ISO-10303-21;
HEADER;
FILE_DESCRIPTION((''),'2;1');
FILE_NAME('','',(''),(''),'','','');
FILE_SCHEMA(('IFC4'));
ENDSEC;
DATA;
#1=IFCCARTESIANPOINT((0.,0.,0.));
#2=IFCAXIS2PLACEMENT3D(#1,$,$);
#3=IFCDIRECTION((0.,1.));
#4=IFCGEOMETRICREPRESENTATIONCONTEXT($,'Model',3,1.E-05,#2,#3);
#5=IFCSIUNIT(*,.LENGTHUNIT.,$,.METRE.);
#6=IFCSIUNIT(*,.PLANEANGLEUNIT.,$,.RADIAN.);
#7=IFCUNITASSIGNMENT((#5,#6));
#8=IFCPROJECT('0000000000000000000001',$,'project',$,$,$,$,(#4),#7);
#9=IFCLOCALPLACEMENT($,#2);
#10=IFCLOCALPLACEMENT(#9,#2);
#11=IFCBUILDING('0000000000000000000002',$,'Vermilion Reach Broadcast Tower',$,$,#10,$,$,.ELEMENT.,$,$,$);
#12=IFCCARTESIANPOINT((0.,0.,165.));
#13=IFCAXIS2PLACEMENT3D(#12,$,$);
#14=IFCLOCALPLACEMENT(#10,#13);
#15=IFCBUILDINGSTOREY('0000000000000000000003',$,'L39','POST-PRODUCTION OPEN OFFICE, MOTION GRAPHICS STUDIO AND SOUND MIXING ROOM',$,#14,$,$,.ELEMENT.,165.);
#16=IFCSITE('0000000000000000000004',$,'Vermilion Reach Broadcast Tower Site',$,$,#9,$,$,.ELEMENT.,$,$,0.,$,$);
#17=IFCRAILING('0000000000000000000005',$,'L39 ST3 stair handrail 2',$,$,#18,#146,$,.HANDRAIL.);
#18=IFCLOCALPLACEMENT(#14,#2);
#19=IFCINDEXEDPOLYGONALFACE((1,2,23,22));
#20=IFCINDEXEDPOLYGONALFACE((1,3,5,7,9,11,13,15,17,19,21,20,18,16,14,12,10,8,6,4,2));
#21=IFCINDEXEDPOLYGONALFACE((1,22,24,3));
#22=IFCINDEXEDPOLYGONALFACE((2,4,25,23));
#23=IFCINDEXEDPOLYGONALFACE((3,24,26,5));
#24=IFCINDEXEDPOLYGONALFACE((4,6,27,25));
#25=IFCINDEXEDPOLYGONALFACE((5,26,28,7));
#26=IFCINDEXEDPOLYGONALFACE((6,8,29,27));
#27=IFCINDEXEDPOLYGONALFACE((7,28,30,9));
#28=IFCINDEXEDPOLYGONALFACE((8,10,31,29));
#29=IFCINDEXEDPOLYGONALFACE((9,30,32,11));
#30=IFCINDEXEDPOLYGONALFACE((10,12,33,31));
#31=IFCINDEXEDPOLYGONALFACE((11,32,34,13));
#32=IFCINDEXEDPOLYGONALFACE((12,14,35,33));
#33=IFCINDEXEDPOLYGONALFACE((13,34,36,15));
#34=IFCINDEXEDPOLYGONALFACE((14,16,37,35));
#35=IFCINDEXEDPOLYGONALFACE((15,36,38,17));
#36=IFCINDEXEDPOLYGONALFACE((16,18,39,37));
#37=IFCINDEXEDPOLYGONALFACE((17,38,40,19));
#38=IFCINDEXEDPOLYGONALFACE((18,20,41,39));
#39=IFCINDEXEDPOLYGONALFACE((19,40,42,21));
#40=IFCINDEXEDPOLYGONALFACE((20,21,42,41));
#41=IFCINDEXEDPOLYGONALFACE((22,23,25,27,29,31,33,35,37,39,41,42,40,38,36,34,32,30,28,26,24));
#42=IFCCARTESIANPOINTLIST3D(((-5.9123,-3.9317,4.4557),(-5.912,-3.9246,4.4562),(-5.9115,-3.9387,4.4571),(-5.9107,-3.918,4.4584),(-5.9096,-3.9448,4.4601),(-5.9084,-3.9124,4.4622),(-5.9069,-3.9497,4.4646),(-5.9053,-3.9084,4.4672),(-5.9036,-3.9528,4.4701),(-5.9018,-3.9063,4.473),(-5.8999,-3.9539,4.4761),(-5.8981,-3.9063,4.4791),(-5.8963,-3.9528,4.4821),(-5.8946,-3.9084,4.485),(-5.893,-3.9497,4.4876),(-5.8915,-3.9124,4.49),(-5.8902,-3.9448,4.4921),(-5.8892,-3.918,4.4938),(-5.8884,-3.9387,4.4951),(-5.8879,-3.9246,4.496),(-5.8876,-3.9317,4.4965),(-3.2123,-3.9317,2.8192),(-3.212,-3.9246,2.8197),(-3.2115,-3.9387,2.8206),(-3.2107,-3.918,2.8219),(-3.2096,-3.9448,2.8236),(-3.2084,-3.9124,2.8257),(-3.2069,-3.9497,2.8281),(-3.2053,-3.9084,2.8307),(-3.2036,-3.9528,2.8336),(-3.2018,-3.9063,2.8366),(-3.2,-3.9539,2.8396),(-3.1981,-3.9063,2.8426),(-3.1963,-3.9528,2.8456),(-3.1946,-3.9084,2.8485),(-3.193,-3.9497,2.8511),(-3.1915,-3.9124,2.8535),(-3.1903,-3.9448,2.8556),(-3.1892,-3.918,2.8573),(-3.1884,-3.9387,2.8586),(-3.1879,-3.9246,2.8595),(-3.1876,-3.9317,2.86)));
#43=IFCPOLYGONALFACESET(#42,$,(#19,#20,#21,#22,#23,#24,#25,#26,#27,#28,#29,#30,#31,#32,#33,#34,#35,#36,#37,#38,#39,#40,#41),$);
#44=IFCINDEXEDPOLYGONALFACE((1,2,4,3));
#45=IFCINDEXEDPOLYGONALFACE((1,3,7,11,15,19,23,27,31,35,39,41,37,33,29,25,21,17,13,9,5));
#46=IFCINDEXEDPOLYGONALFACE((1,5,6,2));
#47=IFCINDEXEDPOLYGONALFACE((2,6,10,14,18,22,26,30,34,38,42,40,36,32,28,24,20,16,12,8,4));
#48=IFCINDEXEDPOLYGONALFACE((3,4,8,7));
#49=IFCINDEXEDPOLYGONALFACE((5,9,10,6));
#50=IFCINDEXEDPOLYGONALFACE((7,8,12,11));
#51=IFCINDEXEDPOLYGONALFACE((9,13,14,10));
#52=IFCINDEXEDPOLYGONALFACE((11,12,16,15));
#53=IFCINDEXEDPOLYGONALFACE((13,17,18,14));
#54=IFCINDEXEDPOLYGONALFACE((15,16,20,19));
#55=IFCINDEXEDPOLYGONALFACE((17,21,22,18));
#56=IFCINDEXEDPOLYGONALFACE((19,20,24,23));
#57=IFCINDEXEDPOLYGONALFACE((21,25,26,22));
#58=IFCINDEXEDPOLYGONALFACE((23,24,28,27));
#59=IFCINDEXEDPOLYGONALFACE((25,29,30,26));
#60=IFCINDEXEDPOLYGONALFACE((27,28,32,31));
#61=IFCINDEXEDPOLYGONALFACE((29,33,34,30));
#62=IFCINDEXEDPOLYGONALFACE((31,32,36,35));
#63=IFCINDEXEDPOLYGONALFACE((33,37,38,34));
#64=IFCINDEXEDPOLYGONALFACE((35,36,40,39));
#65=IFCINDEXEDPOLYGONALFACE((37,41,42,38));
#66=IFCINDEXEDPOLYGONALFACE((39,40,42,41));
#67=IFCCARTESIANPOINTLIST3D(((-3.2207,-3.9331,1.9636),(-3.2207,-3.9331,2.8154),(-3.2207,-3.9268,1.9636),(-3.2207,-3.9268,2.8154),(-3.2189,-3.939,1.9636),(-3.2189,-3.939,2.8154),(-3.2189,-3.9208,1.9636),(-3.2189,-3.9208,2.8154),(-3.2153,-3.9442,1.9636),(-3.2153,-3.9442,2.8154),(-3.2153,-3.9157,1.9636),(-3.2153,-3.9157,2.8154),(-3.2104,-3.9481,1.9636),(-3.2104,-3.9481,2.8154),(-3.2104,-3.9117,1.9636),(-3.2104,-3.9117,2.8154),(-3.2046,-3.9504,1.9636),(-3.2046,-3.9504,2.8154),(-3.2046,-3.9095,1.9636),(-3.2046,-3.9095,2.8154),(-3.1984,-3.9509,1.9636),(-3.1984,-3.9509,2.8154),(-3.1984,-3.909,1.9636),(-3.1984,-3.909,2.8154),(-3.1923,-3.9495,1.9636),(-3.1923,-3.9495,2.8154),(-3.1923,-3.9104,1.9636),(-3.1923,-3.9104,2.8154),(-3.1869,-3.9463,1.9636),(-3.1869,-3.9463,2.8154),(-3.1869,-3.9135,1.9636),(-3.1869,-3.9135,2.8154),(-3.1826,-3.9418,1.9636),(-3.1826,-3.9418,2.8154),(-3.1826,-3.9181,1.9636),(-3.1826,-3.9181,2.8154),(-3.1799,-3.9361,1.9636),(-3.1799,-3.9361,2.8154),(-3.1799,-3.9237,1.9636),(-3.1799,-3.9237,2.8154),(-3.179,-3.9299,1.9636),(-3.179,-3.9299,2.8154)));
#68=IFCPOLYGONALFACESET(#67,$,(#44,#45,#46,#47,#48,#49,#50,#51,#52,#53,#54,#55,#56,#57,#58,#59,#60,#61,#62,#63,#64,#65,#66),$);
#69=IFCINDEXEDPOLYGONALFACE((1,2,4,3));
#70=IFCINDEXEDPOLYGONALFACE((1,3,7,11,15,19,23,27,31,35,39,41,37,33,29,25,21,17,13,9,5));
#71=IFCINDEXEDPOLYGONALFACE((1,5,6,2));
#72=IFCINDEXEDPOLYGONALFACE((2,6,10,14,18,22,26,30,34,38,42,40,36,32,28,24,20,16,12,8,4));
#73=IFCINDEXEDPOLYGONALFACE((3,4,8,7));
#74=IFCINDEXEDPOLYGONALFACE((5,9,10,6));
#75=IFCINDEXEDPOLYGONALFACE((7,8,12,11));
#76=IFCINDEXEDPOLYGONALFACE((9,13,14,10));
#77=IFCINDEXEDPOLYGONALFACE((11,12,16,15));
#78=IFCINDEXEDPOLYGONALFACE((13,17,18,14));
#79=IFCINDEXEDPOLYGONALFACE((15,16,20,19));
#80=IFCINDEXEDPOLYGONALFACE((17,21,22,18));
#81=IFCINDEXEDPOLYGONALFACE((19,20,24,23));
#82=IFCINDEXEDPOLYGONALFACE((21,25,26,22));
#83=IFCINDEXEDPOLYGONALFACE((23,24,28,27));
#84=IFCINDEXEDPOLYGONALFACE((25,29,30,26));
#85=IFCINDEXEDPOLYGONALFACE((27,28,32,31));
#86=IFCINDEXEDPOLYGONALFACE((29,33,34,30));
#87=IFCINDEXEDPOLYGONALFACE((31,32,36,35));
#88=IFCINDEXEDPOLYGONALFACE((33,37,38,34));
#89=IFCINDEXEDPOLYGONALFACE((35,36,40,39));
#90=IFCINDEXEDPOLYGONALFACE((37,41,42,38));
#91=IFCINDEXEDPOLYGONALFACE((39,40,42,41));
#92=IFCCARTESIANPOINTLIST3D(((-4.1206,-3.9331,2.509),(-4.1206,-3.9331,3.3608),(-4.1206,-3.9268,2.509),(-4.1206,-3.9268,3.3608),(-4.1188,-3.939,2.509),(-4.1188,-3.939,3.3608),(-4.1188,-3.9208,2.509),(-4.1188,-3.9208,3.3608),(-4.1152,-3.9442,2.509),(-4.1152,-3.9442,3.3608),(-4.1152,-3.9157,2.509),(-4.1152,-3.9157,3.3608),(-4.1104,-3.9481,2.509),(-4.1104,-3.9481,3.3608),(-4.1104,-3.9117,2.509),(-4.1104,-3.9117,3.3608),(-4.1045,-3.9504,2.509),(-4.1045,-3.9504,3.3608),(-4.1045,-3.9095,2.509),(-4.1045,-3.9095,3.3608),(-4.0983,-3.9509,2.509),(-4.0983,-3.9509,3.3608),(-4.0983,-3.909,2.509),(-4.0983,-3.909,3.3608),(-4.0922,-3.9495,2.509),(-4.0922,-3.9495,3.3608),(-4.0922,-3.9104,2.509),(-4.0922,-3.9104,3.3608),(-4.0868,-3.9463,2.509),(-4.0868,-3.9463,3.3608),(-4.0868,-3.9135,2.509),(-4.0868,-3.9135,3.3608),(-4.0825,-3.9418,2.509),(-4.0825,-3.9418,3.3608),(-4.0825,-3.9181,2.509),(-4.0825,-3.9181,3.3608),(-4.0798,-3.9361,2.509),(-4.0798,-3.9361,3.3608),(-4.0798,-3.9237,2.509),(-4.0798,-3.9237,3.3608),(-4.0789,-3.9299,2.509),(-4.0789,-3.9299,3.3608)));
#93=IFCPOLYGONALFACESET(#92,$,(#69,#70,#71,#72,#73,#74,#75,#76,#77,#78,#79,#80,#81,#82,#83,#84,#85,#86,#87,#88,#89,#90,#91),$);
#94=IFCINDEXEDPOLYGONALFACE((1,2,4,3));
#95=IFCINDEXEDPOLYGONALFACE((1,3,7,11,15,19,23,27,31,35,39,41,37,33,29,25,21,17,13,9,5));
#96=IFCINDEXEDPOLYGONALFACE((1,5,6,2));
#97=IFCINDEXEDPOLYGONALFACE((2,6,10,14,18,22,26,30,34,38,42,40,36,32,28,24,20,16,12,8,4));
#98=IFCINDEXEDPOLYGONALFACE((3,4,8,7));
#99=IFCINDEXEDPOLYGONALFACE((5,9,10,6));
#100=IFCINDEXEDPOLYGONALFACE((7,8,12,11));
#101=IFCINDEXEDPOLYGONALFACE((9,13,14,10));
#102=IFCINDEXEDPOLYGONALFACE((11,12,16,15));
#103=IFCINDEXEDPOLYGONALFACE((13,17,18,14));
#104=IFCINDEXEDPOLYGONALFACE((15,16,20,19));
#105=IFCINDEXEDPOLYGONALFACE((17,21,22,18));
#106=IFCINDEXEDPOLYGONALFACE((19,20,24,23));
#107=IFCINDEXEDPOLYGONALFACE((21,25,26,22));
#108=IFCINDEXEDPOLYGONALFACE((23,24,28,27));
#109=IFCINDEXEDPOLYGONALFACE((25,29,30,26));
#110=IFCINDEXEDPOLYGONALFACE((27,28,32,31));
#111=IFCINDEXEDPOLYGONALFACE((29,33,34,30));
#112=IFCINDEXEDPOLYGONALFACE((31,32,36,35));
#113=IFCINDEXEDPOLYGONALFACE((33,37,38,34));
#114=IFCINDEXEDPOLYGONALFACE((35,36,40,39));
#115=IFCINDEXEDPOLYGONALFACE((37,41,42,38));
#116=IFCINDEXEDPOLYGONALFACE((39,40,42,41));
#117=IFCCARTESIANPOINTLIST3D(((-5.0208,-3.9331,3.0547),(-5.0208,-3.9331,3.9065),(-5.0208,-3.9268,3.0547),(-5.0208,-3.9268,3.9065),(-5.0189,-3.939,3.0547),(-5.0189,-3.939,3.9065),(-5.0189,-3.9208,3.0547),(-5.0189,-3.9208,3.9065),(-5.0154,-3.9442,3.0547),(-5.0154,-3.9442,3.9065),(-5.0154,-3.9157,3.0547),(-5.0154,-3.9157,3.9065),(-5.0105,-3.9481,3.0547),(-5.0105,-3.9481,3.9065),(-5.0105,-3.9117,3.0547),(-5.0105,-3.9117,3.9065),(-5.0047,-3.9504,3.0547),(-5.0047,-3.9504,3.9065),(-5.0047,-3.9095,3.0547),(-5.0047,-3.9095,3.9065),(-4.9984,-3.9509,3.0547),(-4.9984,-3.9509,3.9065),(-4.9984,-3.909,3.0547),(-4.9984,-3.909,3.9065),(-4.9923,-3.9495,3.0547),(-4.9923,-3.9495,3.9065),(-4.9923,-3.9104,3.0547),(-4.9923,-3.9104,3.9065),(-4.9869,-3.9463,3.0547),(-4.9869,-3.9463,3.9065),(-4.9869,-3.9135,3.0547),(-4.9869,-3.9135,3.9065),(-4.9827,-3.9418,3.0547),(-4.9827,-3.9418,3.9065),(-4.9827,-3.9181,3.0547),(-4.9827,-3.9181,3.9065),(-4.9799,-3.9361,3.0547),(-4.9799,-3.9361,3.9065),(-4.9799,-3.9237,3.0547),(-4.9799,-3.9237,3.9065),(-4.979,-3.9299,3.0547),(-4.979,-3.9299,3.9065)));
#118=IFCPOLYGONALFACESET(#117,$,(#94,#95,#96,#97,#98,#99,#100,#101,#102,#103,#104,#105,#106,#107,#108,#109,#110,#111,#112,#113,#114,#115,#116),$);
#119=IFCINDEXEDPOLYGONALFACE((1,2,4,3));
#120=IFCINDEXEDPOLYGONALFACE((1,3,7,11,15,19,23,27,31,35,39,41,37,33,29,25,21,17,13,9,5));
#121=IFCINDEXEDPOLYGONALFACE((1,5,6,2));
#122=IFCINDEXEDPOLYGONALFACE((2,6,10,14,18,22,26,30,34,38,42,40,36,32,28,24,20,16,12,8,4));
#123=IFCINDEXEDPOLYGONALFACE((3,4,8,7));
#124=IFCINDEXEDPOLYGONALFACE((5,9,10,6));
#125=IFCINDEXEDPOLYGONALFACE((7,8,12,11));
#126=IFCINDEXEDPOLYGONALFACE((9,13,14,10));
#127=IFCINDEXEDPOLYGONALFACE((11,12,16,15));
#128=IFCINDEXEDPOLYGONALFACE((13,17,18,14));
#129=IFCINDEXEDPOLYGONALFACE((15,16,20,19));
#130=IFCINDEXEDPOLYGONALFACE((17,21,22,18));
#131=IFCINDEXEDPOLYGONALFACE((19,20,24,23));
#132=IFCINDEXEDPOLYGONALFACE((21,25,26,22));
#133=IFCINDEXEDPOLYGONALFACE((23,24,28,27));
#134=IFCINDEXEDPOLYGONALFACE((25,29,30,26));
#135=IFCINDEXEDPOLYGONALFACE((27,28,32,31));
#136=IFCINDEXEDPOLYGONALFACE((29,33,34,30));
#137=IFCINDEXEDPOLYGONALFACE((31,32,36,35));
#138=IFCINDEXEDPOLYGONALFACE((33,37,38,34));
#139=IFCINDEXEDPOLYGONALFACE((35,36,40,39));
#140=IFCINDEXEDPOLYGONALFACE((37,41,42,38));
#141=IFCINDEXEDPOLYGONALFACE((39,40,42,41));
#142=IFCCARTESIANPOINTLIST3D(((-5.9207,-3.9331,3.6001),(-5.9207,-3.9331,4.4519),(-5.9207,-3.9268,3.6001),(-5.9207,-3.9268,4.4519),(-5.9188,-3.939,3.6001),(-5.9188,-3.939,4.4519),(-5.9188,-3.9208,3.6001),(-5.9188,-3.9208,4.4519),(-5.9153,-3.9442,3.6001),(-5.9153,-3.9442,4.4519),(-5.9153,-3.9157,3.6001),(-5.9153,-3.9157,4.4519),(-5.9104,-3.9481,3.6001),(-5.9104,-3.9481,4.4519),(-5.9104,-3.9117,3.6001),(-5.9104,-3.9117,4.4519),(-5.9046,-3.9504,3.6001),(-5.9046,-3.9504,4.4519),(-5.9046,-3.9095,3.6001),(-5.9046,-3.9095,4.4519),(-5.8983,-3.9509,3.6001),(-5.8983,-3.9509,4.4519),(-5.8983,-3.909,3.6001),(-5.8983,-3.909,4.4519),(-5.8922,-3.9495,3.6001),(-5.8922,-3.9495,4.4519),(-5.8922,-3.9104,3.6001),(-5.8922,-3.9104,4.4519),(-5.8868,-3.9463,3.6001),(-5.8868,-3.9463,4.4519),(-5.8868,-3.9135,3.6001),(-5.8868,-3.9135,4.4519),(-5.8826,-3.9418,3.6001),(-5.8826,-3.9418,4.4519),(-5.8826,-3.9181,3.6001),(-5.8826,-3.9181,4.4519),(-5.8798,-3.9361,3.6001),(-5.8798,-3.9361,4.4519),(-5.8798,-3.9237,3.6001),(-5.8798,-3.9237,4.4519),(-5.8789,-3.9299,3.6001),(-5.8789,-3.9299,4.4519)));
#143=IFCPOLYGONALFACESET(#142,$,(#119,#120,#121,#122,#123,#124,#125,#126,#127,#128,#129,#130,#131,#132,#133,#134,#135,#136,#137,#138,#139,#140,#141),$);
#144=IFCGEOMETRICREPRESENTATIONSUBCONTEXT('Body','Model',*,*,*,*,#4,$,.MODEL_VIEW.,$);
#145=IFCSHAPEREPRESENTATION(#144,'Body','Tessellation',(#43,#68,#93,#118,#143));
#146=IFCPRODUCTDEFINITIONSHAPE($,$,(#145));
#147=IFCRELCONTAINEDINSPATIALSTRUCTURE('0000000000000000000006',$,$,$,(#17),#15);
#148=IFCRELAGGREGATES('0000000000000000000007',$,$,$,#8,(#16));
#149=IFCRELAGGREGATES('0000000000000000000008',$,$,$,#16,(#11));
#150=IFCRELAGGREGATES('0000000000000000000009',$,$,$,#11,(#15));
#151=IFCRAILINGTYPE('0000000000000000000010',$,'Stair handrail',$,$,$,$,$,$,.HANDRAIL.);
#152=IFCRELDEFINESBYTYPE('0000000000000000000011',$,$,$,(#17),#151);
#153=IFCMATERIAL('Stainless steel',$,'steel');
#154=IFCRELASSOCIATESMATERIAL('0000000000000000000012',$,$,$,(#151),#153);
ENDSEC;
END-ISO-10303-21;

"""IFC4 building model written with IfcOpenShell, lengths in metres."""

from ifc_helpers import new_model, si_unit, direction, frame, origin, origin_2d, place, context, subcontext, project, spatial, circle, extrude, material, type_object, element, save


model = new_model("IFC4")

# Units and contexts
model_context = context("Model", 3, precision=1e-05, world=origin(), true_north=direction((0.0, 1.0)))
body_context = subcontext(model_context, "Body", "Model", "MODEL_VIEW")
ifc_project = project(units=[si_unit("LENGTHUNIT", "METRE"), si_unit("PLANEANGLEUNIT", "RADIAN")], contexts=[model_context])

# Site, building, storey
site_placement = place(None, origin())
site = spatial("IfcSite", under=ifc_project, at=site_placement, Name="Vermilion Reach Broadcast Tower Site", CompositionType="ELEMENT", RefElevation=0.0)
building_placement = place(site_placement, origin())
building = spatial("IfcBuilding", under=site, at=building_placement, Name="Vermilion Reach Broadcast Tower", CompositionType="ELEMENT")
storey_placement = place(building_placement, frame((0.0, 0.0, 165.0)))
storey = spatial("IfcBuildingStorey", under=building, at=storey_placement, Name="L39", Description="POST-PRODUCTION OPEN OFFICE, MOTION GRAPHICS STUDIO AND SOUND MIXING ROOM", CompositionType="ELEMENT", Elevation=165.0)

# Railing
ifc_material_1 = material(Name="Stainless steel", Category="steel")
railing_type_1 = type_object("IfcRailingType", Name="Stair handrail", PredefinedType="HANDRAIL", material=ifc_material_1)
railing_1_placement = place(storey_placement, frame((-3.2, -3.9299, 1.9636)))
element("IfcRailing", 1, at=railing_1_placement, inside=storey, type_object=railing_type_1, Name="L39 ST3 stair handrail 2", PredefinedType="HANDRAIL", context=body_context, shape_type="SweptSolid", body=[
    extrude(circle(Radius=0.0239, at=origin_2d()), frame((0.0, 0.0, 0.876), z_axis=(-0.855178, 0.0, 0.518334), x_axis=(0.0, -1.0, 0.0)), (0.0, 0.0, 1.0), 3.1572),
    extrude(circle(Radius=0.021, at=origin_2d()), origin(), (0.0, 0.0, 1.0), 0.8518),
    extrude(circle(Radius=0.021, at=origin_2d()), frame((-0.8999, 0.0, 0.5454)), (0.0, 0.0, 1.0), 0.8518),
    extrude(circle(Radius=0.021, at=origin_2d()), frame((-1.8, 0.0, 1.0911)), (0.0, 0.0, 1.0), 0.8518),
    extrude(circle(Radius=0.021, at=origin_2d()), frame((-2.7, 0.0, 1.6365)), (0.0, 0.0, 1.0), 0.8518),
])

save(model, "model.ifc")
